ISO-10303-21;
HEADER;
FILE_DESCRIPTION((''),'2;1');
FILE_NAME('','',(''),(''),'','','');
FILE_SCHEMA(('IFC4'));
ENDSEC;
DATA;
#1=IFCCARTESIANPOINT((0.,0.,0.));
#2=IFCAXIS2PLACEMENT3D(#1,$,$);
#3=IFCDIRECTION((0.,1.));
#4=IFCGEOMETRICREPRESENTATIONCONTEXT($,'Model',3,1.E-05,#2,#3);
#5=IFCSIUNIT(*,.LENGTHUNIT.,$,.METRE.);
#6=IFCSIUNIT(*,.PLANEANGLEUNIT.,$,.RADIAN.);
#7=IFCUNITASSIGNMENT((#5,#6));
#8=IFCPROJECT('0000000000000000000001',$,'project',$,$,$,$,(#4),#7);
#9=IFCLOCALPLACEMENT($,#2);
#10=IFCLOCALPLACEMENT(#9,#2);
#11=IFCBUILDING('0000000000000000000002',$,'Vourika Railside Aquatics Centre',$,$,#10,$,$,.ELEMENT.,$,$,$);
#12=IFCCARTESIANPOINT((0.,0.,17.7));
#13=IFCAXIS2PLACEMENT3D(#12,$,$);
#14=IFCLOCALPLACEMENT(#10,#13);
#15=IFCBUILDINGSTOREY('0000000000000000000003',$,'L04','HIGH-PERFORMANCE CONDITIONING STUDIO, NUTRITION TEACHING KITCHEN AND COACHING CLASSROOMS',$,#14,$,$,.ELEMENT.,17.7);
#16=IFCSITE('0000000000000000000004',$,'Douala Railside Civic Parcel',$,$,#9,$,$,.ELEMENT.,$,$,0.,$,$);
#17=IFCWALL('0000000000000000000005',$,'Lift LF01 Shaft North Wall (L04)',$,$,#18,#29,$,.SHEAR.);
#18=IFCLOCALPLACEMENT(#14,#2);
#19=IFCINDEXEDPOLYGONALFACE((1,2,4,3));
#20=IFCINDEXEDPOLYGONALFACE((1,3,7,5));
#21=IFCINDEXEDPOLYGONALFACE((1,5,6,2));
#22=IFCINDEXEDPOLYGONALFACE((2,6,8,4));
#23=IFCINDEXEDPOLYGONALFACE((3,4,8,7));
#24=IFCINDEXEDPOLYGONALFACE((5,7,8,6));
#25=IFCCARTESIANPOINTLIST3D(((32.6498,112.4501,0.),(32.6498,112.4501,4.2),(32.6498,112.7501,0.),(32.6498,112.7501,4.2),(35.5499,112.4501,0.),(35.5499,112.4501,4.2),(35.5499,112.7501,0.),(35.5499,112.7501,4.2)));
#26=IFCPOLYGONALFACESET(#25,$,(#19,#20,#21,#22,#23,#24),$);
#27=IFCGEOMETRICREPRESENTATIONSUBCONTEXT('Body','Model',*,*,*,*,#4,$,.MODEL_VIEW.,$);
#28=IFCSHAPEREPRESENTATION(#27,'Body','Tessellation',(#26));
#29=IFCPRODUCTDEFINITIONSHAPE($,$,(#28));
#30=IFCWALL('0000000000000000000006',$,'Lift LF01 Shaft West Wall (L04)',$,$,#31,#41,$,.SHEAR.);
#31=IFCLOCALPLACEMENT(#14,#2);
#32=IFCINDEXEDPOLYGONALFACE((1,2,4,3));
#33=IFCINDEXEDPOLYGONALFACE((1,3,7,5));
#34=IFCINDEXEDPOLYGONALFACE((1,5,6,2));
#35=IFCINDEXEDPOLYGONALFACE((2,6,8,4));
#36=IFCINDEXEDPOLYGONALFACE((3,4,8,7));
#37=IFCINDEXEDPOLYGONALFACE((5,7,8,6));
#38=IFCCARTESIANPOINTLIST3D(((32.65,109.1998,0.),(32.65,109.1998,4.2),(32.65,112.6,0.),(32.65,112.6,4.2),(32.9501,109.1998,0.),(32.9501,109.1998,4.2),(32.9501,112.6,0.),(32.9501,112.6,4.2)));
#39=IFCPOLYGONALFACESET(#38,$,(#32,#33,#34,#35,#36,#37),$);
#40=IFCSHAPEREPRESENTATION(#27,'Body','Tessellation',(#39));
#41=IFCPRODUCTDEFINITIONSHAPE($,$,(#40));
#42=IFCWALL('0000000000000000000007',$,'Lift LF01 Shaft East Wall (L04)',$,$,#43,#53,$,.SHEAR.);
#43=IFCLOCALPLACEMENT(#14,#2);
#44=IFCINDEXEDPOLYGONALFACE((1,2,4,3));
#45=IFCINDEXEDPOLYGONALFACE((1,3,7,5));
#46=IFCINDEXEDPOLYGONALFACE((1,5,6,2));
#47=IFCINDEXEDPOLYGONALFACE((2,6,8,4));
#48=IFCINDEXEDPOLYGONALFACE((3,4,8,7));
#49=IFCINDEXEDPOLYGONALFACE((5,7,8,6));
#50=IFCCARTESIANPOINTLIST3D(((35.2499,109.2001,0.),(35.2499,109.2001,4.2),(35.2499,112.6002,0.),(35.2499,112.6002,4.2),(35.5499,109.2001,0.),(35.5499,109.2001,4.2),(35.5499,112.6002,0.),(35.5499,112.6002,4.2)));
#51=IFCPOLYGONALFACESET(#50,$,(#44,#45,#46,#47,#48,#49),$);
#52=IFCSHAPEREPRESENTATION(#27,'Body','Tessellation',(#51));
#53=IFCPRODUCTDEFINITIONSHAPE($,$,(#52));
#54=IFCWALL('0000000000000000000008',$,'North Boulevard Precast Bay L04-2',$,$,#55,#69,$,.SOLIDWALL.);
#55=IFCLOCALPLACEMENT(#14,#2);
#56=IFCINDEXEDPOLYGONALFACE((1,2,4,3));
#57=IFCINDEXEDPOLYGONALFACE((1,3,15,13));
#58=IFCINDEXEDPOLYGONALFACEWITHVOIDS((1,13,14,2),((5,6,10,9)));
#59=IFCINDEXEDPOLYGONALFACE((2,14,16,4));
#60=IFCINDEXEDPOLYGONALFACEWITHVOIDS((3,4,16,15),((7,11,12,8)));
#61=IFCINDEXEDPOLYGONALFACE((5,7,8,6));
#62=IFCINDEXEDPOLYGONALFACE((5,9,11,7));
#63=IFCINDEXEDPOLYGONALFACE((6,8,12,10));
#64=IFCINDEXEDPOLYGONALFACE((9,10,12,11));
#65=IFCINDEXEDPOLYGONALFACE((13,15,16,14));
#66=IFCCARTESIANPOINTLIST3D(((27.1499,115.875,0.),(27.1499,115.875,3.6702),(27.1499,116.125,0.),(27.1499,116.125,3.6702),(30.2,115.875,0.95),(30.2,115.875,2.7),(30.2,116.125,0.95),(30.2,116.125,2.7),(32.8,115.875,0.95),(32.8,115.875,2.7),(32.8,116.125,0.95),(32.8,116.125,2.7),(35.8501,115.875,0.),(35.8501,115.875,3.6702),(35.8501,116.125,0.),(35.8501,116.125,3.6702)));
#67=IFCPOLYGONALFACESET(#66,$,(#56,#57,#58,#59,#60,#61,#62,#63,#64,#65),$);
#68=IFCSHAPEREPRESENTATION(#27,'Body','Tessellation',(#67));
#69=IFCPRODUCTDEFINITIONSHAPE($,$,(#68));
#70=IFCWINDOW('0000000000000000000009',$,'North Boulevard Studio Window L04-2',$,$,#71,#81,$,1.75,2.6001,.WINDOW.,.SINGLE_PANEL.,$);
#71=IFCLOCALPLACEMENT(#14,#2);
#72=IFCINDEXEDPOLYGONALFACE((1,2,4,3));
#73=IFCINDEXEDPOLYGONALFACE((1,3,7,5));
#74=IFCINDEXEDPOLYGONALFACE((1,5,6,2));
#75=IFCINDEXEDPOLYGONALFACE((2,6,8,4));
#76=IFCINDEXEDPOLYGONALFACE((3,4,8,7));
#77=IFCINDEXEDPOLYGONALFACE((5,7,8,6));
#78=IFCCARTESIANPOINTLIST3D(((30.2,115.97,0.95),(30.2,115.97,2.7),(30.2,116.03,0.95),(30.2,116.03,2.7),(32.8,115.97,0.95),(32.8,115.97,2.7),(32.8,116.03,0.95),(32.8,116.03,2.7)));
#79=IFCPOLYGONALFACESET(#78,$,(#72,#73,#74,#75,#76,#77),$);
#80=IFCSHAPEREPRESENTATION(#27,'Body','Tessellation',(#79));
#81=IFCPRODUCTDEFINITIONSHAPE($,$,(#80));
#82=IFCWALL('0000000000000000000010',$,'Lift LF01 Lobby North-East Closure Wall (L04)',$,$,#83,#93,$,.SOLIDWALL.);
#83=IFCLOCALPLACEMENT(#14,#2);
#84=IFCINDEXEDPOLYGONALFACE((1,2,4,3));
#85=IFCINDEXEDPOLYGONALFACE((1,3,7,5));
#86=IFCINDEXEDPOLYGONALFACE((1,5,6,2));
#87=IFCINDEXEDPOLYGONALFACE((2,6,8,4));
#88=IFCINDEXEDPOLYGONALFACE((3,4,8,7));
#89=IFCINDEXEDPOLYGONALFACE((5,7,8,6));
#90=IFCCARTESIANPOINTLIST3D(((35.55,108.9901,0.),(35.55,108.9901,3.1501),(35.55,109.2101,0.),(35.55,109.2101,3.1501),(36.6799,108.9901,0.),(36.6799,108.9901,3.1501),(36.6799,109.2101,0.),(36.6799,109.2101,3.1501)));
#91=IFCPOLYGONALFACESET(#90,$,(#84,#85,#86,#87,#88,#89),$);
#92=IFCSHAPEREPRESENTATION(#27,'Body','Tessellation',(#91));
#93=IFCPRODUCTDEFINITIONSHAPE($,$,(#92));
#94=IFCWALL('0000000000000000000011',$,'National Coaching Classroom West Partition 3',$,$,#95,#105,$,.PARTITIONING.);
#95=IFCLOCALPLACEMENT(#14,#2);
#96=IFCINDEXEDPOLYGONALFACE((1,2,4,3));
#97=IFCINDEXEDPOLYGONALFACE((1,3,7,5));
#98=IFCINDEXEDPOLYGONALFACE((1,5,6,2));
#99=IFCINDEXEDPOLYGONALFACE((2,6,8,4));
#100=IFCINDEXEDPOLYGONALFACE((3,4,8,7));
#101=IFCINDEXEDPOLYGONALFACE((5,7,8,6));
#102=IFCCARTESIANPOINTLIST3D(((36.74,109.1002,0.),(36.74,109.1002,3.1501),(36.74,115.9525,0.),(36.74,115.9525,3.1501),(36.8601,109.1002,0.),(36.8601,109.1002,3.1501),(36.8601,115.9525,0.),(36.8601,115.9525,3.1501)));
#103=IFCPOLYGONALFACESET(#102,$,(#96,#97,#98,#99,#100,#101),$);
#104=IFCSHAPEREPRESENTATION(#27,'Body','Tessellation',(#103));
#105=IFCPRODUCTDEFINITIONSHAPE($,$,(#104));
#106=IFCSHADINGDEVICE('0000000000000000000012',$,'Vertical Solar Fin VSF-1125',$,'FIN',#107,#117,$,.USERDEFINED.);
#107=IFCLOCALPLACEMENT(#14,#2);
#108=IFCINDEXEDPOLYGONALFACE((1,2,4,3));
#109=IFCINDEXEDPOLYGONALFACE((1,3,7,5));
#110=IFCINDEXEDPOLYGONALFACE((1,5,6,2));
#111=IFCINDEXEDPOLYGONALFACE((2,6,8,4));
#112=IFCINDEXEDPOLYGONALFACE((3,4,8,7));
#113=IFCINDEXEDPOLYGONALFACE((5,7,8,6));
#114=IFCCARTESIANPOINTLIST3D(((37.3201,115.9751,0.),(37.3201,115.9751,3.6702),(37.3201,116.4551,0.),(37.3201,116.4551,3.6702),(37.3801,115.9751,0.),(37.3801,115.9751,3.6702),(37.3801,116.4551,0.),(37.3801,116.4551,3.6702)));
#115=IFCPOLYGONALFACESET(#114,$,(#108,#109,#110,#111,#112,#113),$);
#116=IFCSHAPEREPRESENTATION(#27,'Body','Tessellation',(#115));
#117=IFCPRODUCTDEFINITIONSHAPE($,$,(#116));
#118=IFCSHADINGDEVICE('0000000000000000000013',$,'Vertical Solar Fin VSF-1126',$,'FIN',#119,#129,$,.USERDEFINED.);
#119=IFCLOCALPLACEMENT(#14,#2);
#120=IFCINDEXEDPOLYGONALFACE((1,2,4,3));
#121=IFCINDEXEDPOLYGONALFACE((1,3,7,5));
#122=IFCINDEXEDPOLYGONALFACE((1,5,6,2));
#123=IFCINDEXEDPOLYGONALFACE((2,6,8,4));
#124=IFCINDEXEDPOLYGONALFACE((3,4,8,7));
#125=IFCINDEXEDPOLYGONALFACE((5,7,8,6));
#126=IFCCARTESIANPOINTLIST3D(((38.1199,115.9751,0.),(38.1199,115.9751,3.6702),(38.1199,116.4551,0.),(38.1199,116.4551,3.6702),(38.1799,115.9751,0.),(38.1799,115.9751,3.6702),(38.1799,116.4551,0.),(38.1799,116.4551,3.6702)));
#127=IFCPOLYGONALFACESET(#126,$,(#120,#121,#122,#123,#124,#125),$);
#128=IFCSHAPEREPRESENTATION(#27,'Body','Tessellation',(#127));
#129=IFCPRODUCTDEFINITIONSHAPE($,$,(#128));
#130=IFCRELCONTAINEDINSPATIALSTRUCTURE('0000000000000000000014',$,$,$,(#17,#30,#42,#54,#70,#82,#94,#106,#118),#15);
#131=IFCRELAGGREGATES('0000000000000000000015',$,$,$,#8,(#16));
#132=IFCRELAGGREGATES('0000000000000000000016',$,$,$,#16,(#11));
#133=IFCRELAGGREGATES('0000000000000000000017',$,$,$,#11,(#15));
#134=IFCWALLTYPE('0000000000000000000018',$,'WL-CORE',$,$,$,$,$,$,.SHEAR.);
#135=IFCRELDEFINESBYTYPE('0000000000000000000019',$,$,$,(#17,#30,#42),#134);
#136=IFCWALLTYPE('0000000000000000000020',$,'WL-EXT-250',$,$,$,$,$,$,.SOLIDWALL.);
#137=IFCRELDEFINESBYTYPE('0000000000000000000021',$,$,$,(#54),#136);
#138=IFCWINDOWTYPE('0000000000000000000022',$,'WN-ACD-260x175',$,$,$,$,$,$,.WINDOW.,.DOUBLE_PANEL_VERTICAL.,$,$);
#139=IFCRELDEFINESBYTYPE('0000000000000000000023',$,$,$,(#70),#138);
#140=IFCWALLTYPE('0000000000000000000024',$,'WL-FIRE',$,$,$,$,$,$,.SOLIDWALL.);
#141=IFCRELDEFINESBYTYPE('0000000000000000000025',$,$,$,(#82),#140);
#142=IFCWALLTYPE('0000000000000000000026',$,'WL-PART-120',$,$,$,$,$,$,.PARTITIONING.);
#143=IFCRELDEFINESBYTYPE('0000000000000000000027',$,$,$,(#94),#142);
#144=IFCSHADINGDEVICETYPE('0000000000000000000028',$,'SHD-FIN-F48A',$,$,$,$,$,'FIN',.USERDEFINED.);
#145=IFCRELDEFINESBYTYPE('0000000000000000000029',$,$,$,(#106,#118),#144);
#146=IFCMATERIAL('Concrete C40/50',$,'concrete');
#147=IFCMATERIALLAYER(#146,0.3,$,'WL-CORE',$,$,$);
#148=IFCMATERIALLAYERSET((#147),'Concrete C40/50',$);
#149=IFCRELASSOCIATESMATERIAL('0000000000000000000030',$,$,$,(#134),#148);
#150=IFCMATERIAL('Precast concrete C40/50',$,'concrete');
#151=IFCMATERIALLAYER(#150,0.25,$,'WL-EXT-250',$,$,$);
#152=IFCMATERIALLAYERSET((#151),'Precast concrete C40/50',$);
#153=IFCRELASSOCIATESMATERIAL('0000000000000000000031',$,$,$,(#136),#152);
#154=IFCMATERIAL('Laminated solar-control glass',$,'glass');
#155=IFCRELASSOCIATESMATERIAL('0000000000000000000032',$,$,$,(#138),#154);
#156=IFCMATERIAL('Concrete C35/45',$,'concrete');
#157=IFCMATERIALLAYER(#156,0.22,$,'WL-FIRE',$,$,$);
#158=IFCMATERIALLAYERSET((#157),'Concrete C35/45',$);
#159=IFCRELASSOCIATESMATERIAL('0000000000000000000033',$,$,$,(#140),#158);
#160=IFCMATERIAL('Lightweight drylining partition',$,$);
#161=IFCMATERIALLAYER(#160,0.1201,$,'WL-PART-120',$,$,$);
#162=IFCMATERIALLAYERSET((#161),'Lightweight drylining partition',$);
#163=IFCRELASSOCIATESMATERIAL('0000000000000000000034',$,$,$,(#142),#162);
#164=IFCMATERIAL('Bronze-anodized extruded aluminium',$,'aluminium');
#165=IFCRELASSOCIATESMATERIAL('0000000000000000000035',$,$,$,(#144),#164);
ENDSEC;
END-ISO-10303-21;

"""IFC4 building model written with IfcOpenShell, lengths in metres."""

from ifc_helpers import new_model, si_unit, direction, frame, frame_2d, origin, origin_2d, place, context, subcontext, project, spatial, rectangle, extrude, material, layer, layer_set, material_profile, profile_set, type_object, element, fill, save


model = new_model("IFC4")

# Units and contexts
model_context = context("Model", 3, precision=1e-05, world=origin(), true_north=direction((0.0, 1.0)))
body_context = subcontext(model_context, "Body", "Model", "MODEL_VIEW")
ifc_project = project(units=[si_unit("LENGTHUNIT", "METRE"), si_unit("PLANEANGLEUNIT", "RADIAN")], contexts=[model_context])

# Site, building, storey
site_placement = place(None, origin())
site = spatial("IfcSite", under=ifc_project, at=site_placement, Name="Douala Railside Civic Parcel", CompositionType="ELEMENT", RefElevation=0.0)
building_placement = place(site_placement, origin())
building = spatial("IfcBuilding", under=site, at=building_placement, Name="Vourika Railside Aquatics Centre", CompositionType="ELEMENT")
storey_placement = place(building_placement, frame((0.0, 0.0, 17.7)))
storey = spatial("IfcBuildingStorey", under=building, at=storey_placement, Name="L04", Description="HIGH-PERFORMANCE CONDITIONING STUDIO, NUTRITION TEACHING KITCHEN AND COACHING CLASSROOMS", CompositionType="ELEMENT", Elevation=17.7)

# Shared definitions
ifc_material_1 = material(Name="Concrete C35/45", Category="concrete")

# Shared definitions
ifc_material_2 = material(Name="Concrete C40/50", Category="concrete")
ifc_layer_1 = layer(ifc_material_2, 0.3, Name="WL-CORE")
ifc_layer_set_1 = layer_set([ifc_layer_1], Name="Concrete C40/50")
wall_type_1 = type_object("IfcWallType", Name="WL-CORE", PredefinedType="SHEAR", material=ifc_layer_set_1)

# Walls
wall_1_placement = place(storey_placement, frame((35.55, 112.6001, 0.0), z_axis=(0.0, 0.0, 1.0), x_axis=(-1.0, 0.0, 0.0)))
element("IfcWall", 1, at=wall_1_placement, inside=storey, type_object=wall_type_1, Name="Lift LF01 Shaft North Wall (L04)", PredefinedType="SHEAR", context=body_context, shape_type="SweptSolid", body=[
    extrude(rectangle(XDim=2.9001, YDim=0.3, at=frame_2d((1.4502, 0.0))), origin(), (0.0, 0.0, 1.0), 4.2),
])
for number, where, z_axis, x_axis, name in (
    (2, (32.8, 112.6001, 0.0), (0.0, 0.0, 1.0), (0.0, -1.0, 0.0), "Lift LF01 Shaft West Wall (L04)"),
    (3, (35.3999, 109.2, 0.0), (0.0, 0.0, 1.0), (0.0, 1.0, 0.0), "Lift LF01 Shaft East Wall (L04)"),
):
    element("IfcWall", number, at=place(storey_placement, frame(where, z_axis=z_axis, x_axis=x_axis)), inside=storey, type_object=wall_type_1, Name=name, PredefinedType="SHEAR", context=body_context, shape_type="SweptSolid", body=[
        extrude(rectangle(XDim=3.4001, YDim=0.3, at=frame_2d((1.7002, 0.0))), origin(), (0.0, 0.0, 1.0), 4.2),
    ])

# Wall, opening, window
ifc_material_3 = material(Name="Precast concrete C40/50", Category="concrete")
ifc_layer_2 = layer(ifc_material_3, 0.25, Name="WL-EXT-250")
ifc_layer_set_2 = layer_set([ifc_layer_2], Name="Precast concrete C40/50")
wall_type_2 = type_object("IfcWallType", Name="WL-EXT-250", PredefinedType="SOLIDWALL", material=ifc_layer_set_2)
wall_2_placement = place(storey_placement, frame((35.8501, 116.0, 0.0), z_axis=(0.0, 0.0, 1.0), x_axis=(-1.0, 0.0, 0.0)))
wall_2 = element("IfcWall", 4, at=wall_2_placement, inside=storey, type_object=wall_type_2, Name="North Boulevard Precast Bay L04-2", PredefinedType="SOLIDWALL", context=body_context, shape_type="SweptSolid", body=[
    extrude(rectangle(XDim=8.7002, YDim=0.25, at=frame_2d((4.3501, 0.0))), origin(), (0.0, 0.0, 1.0), 3.6702),
])
opening_1_placement = place(wall_2_placement, frame((3.05, 0.0, 0.95)))
opening_1 = element("IfcOpeningElement", 5, at=opening_1_placement, cuts=wall_2, PredefinedType="OPENING", context=body_context, shape_type="SweptSolid", body=[
    extrude(rectangle(XDim=2.6001, YDim=1.75, at=frame_2d((1.3, 0.875))), frame((0.0, 0.135, 0.0), z_axis=(0.0, -1.0, 0.0), x_axis=(1.0, 0.0, 0.0)), (0.0, 0.0, 1.0), 0.27),
])
ifc_material_4 = material(Name="Laminated solar-control glass", Category="glass")
window_type = type_object("IfcWindowType", Name="WN-ACD-260x175", PartitioningType="DOUBLE_PANEL_VERTICAL", PredefinedType="WINDOW", material=ifc_material_4)
window_placement = place(opening_1_placement, origin())
window = element("IfcWindow", 6, at=window_placement, inside=storey, type_object=window_type, Name="North Boulevard Studio Window L04-2", OverallHeight=1.75, OverallWidth=2.6001, PartitioningType="SINGLE_PANEL", PredefinedType="WINDOW", context=body_context, shape_type="SweptSolid", body=[
    extrude(rectangle(XDim=2.6001, YDim=1.75, at=frame_2d((1.3, 0.875))), frame((0.0, 0.03, 0.0), z_axis=(0.0, -1.0, 0.0), x_axis=(1.0, 0.0, 0.0)), (0.0, 0.0, 1.0), 0.0601),
])
fill(opening_1, window)

# Walls
ifc_layer_3 = layer(ifc_material_1, 0.22, Name="WL-FIRE")
ifc_layer_set_3 = layer_set([ifc_layer_3], Name="Concrete C35/45")
wall_type_3 = type_object("IfcWallType", Name="WL-FIRE", PredefinedType="SOLIDWALL", material=ifc_layer_set_3)
wall_3_placement = place(storey_placement, frame((35.55, 109.1001, 0.0), z_axis=(0.0, 0.0, 1.0), x_axis=(1.0, 0.0, 0.0)))
element("IfcWall", 7, at=wall_3_placement, inside=storey, type_object=wall_type_3, Name="Lift LF01 Lobby North-East Closure Wall (L04)", PredefinedType="SOLIDWALL", context=body_context, shape_type="SweptSolid", body=[
    extrude(rectangle(XDim=1.1299, YDim=0.22, at=frame_2d((0.5649, 0.0))), origin(), (0.0, 0.0, 1.0), 3.1501),
])
ifc_material_5 = material(Name="Lightweight drylining partition")
ifc_layer_4 = layer(ifc_material_5, 0.1201, Name="WL-PART-120")
ifc_layer_set_4 = layer_set([ifc_layer_4], Name="Lightweight drylining partition")
wall_type_4 = type_object("IfcWallType", Name="WL-PART-120", PredefinedType="PARTITIONING", material=ifc_layer_set_4)
wall_4_placement = place(storey_placement, frame((36.8, 109.1001, 0.0), z_axis=(0.0, 0.0, 1.0), x_axis=(0.0, 1.0, 0.0)))
element("IfcWall", 8, at=wall_4_placement, inside=storey, type_object=wall_type_4, Name="National Coaching Classroom West Partition 3", PredefinedType="PARTITIONING", context=body_context, shape_type="SweptSolid", body=[
    extrude(rectangle(XDim=6.8523, YDim=0.1201, at=frame_2d((3.4263, 0.0))), origin(), (0.0, 0.0, 1.0), 3.1501),
])

# Shading devices
ifc_material_6 = material(Name="Bronze-anodized extruded aluminium", Category="aluminium")
ifc_material_profile_1 = material_profile(ifc_material_6, rectangle(XDim=0.0601, YDim=0.48, at=origin_2d()), Name="ALU-FIN 60x480")
ifc_profile_set_1 = profile_set([ifc_material_profile_1], Name="Bronze-anodized extruded aluminium")
shading_device_type = type_object("IfcShadingDeviceType", Name="SHD-FIN-F48A", ElementType="FIN", PredefinedType="USERDEFINED", material=ifc_profile_set_1)
for number, where, z_axis, x_axis, name in (
    (9, (37.3501, 116.2151, 0.0), (0.0, 0.0, 1.0), (1.0, 0.0, 0.0), "Vertical Solar Fin VSF-1125"),
    (10, (38.1499, 116.2151, 0.0), (0.0, 0.0, 1.0), (1.0, 0.0, 0.0), "Vertical Solar Fin VSF-1126"),
):
    element("IfcShadingDevice", number, at=place(storey_placement, frame(where, z_axis=z_axis, x_axis=x_axis)), inside=storey, type_object=shading_device_type, Name=name, ObjectType="FIN", PredefinedType="USERDEFINED", context=body_context, shape_type="SweptSolid", body=[
        extrude(rectangle(XDim=0.0601, YDim=0.48, at=origin_2d()), origin(), (0.0, 0.0, 1.0), 3.6702),
    ])

save(model, "model.ifc")
